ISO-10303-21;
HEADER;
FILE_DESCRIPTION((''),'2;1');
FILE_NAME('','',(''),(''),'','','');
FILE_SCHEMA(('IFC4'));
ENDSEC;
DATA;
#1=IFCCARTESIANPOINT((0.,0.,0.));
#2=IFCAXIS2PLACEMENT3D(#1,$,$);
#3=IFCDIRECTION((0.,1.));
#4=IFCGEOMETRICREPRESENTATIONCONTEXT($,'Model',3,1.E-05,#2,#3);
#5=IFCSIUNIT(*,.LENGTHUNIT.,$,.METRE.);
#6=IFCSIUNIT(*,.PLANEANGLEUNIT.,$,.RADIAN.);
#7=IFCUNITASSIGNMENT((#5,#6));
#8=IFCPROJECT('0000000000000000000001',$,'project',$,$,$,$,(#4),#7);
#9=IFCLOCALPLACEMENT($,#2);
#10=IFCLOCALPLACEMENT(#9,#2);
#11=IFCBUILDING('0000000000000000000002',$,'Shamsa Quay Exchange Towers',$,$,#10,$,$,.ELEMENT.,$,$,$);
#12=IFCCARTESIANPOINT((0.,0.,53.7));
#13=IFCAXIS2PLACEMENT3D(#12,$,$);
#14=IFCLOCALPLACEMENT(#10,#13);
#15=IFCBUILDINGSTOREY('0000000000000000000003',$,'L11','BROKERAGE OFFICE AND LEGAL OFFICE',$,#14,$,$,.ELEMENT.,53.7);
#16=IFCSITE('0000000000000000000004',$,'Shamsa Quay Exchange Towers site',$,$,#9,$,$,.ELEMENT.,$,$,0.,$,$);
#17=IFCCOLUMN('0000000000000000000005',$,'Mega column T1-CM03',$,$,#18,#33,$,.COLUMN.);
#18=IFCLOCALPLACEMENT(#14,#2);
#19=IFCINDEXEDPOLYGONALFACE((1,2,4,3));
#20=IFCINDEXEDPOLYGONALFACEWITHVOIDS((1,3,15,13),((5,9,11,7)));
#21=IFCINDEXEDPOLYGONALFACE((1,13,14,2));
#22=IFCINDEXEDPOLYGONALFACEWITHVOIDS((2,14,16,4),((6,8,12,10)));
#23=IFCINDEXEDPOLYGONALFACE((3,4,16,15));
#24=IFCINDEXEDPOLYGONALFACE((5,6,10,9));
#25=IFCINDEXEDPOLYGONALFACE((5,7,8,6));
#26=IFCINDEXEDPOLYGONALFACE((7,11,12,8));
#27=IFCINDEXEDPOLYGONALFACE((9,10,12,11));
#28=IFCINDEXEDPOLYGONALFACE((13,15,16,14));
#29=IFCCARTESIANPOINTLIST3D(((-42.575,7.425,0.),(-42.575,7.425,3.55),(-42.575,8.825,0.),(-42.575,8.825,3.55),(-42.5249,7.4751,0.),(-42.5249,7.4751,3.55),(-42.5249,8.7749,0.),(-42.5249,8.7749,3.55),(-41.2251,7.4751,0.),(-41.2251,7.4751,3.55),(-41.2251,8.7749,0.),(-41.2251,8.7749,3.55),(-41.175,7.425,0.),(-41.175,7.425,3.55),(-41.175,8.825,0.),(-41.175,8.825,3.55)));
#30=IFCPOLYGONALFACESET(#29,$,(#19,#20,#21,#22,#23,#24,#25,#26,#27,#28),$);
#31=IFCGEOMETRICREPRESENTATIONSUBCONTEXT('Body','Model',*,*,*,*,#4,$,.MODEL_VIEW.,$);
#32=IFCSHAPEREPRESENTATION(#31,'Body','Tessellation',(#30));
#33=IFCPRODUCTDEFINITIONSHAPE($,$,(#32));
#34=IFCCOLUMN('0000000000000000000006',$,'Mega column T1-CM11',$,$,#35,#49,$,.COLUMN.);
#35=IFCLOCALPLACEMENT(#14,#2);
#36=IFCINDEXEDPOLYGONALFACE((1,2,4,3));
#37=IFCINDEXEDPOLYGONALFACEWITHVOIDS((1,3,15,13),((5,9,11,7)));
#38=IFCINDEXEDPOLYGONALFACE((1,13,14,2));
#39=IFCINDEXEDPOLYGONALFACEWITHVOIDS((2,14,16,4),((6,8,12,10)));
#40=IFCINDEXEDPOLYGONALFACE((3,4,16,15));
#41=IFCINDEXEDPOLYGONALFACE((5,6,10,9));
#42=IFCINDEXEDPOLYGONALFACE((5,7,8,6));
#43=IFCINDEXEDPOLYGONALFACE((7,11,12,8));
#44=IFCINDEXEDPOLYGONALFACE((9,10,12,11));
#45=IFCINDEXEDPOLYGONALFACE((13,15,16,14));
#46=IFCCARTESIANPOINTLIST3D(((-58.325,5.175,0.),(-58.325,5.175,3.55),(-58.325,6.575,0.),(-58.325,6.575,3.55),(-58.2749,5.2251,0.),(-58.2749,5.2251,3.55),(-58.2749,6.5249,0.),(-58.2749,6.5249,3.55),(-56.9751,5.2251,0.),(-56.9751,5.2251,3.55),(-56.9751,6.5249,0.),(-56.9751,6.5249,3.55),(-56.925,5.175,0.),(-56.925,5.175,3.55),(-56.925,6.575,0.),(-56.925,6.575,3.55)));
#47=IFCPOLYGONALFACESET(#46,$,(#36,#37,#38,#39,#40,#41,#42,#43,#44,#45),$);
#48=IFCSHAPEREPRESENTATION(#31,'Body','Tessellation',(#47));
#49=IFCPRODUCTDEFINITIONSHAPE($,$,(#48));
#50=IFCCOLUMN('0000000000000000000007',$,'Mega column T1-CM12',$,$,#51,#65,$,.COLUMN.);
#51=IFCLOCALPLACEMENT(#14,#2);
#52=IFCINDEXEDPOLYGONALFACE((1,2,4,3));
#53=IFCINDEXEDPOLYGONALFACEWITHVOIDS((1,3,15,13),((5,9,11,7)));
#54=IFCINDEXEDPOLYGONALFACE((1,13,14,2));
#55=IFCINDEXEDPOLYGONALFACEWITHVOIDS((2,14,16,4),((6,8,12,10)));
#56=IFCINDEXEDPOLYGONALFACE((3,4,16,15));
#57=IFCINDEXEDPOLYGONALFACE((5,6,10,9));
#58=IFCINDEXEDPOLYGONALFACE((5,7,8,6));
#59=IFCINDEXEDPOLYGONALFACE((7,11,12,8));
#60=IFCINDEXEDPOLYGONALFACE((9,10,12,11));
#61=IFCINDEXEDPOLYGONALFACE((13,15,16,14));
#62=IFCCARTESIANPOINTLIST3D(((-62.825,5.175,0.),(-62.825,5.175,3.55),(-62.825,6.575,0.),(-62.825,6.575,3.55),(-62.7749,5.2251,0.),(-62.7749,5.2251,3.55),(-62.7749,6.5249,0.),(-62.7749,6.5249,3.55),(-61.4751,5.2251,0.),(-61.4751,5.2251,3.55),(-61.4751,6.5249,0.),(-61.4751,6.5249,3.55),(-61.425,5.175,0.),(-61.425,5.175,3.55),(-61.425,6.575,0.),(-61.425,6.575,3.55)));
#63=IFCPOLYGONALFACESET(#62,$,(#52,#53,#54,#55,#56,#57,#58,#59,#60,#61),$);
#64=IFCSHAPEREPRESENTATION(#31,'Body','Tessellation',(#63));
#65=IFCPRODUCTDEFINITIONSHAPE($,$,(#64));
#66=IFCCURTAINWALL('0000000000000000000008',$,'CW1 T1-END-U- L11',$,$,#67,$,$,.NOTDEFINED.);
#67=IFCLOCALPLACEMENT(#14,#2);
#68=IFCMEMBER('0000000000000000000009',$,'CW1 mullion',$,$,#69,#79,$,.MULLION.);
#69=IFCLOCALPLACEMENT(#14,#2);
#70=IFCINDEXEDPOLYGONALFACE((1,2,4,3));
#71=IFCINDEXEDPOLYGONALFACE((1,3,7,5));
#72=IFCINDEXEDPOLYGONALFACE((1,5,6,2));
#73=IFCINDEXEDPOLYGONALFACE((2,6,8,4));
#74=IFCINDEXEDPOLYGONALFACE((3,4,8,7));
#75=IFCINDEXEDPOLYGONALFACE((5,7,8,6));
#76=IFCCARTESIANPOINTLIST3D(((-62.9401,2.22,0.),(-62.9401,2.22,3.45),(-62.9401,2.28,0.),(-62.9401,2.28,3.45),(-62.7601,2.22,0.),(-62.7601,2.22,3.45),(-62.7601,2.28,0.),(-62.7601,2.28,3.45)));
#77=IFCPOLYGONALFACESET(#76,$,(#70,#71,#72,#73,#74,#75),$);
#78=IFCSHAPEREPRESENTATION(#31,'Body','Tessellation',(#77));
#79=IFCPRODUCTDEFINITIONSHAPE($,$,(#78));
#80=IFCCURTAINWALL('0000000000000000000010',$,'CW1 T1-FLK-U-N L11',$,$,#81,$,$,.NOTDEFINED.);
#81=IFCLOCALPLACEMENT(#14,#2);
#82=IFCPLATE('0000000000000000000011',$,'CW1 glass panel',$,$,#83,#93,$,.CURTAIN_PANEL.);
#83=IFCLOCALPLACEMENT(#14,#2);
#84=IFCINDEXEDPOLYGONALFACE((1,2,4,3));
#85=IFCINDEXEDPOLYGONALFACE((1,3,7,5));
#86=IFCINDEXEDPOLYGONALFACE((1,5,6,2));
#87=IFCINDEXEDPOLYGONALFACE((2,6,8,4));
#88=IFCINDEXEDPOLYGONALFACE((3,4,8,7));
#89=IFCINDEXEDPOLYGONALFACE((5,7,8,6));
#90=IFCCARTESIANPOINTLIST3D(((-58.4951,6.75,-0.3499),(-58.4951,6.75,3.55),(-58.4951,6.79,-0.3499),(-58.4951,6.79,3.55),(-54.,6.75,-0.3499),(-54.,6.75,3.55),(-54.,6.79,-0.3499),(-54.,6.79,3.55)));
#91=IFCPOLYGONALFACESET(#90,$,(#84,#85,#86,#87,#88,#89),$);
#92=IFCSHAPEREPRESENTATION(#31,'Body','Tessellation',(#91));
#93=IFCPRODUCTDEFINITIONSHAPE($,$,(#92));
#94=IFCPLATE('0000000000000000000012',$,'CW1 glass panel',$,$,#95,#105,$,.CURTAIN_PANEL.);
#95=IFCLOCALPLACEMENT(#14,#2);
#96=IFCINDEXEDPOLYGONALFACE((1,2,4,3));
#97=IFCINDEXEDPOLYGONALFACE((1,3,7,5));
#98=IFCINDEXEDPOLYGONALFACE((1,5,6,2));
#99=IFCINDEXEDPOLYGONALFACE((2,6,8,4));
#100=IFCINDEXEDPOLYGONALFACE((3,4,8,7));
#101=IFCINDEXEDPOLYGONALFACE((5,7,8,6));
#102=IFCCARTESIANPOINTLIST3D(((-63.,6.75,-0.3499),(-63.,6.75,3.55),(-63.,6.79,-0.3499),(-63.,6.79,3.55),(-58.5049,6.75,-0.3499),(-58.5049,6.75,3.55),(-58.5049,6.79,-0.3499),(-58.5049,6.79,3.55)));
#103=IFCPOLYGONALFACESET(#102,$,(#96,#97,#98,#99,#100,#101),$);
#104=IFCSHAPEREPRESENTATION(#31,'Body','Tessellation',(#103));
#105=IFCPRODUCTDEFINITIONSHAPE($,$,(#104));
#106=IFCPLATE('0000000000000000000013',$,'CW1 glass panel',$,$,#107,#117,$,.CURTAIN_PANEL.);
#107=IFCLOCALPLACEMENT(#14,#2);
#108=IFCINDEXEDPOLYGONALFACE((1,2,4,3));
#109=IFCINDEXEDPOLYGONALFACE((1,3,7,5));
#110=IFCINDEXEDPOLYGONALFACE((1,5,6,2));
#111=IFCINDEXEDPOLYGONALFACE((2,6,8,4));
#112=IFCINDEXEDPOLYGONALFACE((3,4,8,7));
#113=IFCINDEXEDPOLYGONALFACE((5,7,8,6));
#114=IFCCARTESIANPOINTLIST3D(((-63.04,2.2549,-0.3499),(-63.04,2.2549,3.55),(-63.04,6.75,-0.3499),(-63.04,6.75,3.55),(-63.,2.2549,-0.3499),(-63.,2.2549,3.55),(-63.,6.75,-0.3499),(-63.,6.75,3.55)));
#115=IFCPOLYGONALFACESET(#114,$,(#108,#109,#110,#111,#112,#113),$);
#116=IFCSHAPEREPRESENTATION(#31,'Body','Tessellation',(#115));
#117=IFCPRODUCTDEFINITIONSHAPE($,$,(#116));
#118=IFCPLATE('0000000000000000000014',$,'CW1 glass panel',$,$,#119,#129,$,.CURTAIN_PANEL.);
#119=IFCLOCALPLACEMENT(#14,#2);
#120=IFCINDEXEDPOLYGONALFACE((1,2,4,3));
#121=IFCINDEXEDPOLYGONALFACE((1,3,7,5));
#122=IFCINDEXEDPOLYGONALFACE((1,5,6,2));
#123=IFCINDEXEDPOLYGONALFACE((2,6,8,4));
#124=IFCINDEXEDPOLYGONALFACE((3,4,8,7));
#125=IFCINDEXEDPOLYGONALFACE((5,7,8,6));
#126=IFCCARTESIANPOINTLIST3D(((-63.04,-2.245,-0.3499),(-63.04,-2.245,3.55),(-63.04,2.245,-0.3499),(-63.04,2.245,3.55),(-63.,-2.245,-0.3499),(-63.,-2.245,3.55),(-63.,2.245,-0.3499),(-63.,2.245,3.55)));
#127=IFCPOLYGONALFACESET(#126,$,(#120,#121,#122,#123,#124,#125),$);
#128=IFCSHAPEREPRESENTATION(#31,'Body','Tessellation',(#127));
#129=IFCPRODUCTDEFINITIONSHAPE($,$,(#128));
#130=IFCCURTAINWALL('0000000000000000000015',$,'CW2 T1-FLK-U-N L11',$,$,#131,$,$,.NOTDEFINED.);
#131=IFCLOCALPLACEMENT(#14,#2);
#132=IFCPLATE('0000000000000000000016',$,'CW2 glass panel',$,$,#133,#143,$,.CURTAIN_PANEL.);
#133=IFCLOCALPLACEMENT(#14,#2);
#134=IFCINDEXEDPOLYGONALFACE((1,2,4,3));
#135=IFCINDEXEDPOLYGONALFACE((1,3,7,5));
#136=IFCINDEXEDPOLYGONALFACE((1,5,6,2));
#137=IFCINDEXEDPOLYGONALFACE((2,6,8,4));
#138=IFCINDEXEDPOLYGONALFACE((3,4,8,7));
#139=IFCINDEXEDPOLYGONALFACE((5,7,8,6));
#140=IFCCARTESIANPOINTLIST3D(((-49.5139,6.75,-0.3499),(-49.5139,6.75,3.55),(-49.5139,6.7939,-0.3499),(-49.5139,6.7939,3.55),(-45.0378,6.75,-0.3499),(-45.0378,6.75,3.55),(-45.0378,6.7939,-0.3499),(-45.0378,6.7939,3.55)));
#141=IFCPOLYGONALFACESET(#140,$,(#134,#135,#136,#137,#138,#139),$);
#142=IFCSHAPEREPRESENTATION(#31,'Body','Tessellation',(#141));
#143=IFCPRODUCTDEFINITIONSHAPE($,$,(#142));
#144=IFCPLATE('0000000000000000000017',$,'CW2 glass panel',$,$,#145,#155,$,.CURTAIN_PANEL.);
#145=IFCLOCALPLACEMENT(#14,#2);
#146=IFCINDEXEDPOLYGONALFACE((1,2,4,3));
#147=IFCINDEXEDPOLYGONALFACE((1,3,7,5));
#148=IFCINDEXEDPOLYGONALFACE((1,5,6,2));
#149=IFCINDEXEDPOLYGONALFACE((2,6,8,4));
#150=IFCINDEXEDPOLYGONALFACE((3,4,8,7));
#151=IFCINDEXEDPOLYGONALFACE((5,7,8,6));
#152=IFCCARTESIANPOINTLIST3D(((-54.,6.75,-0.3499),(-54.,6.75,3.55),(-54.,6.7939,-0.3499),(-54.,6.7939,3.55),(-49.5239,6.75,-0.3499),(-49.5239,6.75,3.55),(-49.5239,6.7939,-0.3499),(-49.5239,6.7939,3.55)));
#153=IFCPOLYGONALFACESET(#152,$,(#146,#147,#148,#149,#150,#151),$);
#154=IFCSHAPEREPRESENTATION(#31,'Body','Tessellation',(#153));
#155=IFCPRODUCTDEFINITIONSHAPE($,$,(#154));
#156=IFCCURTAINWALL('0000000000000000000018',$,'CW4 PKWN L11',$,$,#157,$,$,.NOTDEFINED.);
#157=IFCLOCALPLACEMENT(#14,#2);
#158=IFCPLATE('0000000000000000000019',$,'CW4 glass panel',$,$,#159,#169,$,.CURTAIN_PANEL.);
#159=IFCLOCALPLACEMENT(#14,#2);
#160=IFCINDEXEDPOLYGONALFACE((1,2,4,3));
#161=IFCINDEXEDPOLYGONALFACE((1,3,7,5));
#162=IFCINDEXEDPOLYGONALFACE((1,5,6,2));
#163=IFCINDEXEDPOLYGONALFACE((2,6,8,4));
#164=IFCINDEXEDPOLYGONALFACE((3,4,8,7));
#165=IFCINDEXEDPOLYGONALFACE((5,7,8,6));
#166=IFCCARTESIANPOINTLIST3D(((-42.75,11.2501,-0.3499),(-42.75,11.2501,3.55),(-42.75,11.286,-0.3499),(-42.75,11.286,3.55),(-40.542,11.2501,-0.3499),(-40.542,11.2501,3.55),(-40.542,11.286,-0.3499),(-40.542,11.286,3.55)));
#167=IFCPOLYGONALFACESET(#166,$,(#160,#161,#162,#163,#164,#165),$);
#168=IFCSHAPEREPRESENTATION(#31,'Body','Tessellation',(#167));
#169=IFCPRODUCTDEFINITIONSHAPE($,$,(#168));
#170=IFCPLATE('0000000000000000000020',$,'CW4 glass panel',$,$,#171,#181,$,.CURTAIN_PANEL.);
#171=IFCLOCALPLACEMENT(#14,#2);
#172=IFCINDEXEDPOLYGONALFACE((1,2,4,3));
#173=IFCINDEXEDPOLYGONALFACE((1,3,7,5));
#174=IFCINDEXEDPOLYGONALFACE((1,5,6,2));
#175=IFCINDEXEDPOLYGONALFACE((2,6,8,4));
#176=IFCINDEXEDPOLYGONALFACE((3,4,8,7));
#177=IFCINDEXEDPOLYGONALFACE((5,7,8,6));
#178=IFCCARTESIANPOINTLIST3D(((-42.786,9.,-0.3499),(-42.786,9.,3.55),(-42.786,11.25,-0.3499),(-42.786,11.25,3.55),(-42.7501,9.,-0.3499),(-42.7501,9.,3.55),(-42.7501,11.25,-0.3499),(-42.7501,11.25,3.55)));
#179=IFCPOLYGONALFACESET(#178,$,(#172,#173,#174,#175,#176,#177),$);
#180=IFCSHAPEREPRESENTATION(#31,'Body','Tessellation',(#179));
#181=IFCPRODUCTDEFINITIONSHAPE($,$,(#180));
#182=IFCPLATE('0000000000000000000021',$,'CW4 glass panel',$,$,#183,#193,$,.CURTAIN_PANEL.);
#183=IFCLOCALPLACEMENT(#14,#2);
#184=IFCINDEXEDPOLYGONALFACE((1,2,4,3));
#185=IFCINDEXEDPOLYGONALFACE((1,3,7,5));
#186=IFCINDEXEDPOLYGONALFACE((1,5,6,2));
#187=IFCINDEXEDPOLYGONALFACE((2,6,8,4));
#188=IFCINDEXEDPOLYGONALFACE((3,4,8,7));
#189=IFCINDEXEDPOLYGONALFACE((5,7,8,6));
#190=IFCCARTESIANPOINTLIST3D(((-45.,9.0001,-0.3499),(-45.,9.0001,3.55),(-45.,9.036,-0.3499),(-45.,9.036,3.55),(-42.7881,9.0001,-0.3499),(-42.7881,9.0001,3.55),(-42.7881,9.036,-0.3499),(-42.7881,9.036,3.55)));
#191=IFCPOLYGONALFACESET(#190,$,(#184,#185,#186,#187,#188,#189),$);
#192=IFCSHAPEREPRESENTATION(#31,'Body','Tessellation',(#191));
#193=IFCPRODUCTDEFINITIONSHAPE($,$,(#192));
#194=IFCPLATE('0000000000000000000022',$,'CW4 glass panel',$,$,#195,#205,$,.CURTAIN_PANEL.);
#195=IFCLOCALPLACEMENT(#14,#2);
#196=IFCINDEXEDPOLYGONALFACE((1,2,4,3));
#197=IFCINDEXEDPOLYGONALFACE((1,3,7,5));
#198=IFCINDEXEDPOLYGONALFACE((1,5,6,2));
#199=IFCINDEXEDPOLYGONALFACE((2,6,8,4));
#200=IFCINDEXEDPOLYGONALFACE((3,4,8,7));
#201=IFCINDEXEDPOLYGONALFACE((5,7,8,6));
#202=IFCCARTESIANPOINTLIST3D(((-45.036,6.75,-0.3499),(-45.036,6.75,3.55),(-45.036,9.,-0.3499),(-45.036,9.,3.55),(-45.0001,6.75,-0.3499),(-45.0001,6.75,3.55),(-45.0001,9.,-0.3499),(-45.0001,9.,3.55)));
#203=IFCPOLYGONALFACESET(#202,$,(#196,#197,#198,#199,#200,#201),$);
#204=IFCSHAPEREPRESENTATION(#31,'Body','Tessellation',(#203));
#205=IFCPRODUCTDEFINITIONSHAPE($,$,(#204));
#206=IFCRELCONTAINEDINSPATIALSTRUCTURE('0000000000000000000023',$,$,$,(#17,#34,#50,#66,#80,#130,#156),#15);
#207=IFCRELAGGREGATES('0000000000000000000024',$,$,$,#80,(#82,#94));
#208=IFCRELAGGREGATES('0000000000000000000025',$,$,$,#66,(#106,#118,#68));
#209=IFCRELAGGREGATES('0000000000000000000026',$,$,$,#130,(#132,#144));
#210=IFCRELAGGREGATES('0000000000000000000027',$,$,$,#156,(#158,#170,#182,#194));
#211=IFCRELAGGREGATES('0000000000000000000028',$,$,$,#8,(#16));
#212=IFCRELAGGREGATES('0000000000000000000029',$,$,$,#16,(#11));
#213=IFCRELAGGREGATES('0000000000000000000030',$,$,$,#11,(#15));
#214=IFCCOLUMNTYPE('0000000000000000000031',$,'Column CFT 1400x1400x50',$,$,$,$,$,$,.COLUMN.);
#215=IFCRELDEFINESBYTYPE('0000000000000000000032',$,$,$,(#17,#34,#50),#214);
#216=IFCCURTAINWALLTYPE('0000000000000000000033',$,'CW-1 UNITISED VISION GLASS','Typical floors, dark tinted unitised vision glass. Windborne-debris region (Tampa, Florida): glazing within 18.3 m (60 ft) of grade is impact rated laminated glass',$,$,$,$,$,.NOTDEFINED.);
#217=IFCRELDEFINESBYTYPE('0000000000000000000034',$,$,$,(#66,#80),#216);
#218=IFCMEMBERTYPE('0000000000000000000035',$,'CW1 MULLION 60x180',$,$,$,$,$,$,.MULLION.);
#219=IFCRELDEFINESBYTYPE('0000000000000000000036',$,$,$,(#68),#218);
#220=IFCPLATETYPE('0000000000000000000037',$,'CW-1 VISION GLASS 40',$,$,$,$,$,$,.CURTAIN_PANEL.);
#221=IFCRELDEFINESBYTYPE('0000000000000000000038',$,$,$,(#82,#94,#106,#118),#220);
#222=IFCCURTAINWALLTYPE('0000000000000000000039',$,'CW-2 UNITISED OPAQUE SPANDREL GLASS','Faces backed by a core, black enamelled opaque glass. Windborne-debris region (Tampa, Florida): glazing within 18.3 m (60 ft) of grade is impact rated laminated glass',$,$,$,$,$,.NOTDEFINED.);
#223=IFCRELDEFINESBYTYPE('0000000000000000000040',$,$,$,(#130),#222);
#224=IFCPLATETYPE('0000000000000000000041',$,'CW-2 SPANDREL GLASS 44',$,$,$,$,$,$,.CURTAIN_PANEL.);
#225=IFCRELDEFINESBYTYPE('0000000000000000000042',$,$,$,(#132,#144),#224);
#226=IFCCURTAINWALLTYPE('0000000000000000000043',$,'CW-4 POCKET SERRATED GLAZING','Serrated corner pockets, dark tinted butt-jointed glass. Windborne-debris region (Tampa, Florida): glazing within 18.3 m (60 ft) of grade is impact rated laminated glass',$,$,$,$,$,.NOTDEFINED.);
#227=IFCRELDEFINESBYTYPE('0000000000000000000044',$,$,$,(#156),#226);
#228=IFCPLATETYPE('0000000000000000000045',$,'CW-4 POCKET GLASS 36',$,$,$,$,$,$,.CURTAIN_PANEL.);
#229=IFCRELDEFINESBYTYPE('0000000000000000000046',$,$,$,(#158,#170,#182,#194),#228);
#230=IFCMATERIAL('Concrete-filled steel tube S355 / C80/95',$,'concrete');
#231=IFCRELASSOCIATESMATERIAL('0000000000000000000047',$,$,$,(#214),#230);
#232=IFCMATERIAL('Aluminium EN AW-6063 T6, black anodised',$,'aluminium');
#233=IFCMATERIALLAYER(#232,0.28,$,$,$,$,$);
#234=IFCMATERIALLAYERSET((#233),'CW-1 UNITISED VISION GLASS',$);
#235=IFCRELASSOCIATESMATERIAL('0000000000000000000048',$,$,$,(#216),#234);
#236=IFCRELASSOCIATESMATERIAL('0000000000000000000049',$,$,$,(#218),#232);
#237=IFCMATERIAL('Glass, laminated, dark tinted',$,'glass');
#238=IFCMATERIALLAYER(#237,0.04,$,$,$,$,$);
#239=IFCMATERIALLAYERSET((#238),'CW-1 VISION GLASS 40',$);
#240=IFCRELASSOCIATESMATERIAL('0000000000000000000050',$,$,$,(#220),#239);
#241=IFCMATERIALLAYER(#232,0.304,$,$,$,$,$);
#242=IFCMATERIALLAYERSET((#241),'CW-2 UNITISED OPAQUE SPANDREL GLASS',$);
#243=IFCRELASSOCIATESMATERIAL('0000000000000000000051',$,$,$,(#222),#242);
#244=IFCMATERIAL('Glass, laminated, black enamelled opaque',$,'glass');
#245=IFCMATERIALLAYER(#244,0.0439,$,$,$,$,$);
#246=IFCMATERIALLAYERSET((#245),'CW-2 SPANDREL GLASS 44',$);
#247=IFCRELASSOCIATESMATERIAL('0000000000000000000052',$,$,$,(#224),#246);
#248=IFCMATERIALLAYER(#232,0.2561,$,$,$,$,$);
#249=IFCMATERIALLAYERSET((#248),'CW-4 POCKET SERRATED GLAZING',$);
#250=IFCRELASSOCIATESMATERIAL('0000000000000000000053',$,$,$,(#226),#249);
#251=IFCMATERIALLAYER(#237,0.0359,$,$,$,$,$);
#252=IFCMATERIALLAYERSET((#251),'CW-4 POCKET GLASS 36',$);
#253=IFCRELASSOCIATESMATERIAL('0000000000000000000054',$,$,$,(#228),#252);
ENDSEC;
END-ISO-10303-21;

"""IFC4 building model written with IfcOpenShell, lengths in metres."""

from ifc_helpers import new_model, si_unit, direction, frame, origin, origin_2d, place, context, subcontext, project, spatial, rectangle, hollow_rectangle, extrude, material, layer, layer_set, material_profile, profile_set, type_object, element, aggregate, save


model = new_model("IFC4")

# Units and contexts
model_context = context("Model", 3, precision=1e-05, world=origin(), true_north=direction((0.0, 1.0)))
body_context = subcontext(model_context, "Body", "Model", "MODEL_VIEW")
ifc_project = project(units=[si_unit("LENGTHUNIT", "METRE"), si_unit("PLANEANGLEUNIT", "RADIAN")], contexts=[model_context])

# Site, building, storey
site_placement = place(None, origin())
site = spatial("IfcSite", under=ifc_project, at=site_placement, Name="Shamsa Quay Exchange Towers site", CompositionType="ELEMENT", RefElevation=0.0)
building_placement = place(site_placement, origin())
building = spatial("IfcBuilding", under=site, at=building_placement, Name="Shamsa Quay Exchange Towers", CompositionType="ELEMENT")
storey_placement = place(building_placement, frame((0.0, 0.0, 53.7)))
storey = spatial("IfcBuildingStorey", under=building, at=storey_placement, Name="L11", Description="BROKERAGE OFFICE AND LEGAL OFFICE", CompositionType="ELEMENT", Elevation=53.7)

# Columns
ifc_material_1 = material(Name="Concrete-filled steel tube S355 / C80/95", Category="concrete")
ifc_material_profile_1 = material_profile(ifc_material_1, hollow_rectangle(XDim=1.3999, YDim=1.3999, WallThickness=0.05, at=origin_2d()), Name="CFT 1400x1400x50")
ifc_profile_set_1 = profile_set([ifc_material_profile_1], Name="Concrete-filled steel tube S355 / C80/95")
column_type = type_object("IfcColumnType", Name="Column CFT 1400x1400x50", PredefinedType="COLUMN", material=ifc_profile_set_1)
for number, where, name in (
    (1, (-41.875, 8.125, 0.0), "Mega column T1-CM03"),
    (2, (-57.625, 5.875, 0.0), "Mega column T1-CM11"),
    (3, (-62.125, 5.875, 0.0), "Mega column T1-CM12"),
):
    element("IfcColumn", number, at=place(storey_placement, frame(where)), inside=storey, type_object=column_type, Name=name, PredefinedType="COLUMN", context=body_context, shape_type="SweptSolid", body=[
        extrude(hollow_rectangle(XDim=1.3999, YDim=1.3999, WallThickness=0.05, at=origin_2d()), origin(), (0.0, 0.0, 1.0), 3.55),
    ])

# Curtain wall, member
ifc_material_2 = material(Name="Aluminium EN AW-6063 T6, black anodised", Category="aluminium")
ifc_layer_1 = layer(ifc_material_2, 0.28)
ifc_layer_set_1 = layer_set([ifc_layer_1], Name="CW-1 UNITISED VISION GLASS")
curtain_wall_type_1 = type_object("IfcCurtainWallType", Name="CW-1 UNITISED VISION GLASS", Description="Typical floors, dark tinted unitised vision glass. Windborne-debris region (Tampa, Florida): glazing within 18.3 m (60 ft) of grade is impact rated laminated glass", PredefinedType="NOTDEFINED", material=ifc_layer_set_1)
curtain_wall_1_placement = place(storey_placement, origin())
curtain_wall_1 = element("IfcCurtainWall", 4, at=curtain_wall_1_placement, inside=storey, type_object=curtain_wall_type_1, Name="CW1 T1-END-U- L11", PredefinedType="NOTDEFINED")
ifc_material_profile_2 = material_profile(ifc_material_2, rectangle(XDim=0.1799, YDim=0.0601, at=origin_2d()), Name="MU60x180")
ifc_profile_set_2 = profile_set([ifc_material_profile_2], Name="Aluminium EN AW-6063 T6, black anodised")
member_type = type_object("IfcMemberType", Name="CW1 MULLION 60x180", PredefinedType="MULLION", material=ifc_profile_set_2)
member_placement = place(storey_placement, frame((-62.8501, 2.25, 0.0)))
member = element("IfcMember", 5, at=member_placement, type_object=member_type, Name="CW1 mullion", PredefinedType="MULLION", context=body_context, shape_type="SweptSolid", body=[
    extrude(rectangle(XDim=0.1799, YDim=0.0601, at=origin_2d()), origin(), (0.0, 0.0, 1.0), 3.45),
])

# Curtain wall, plates
curtain_wall_2_placement = place(storey_placement, origin())
curtain_wall_2 = element("IfcCurtainWall", 6, at=curtain_wall_2_placement, inside=storey, type_object=curtain_wall_type_1, Name="CW1 T1-FLK-U-N L11", PredefinedType="NOTDEFINED")
ifc_material_3 = material(Name="Glass, laminated, dark tinted", Category="glass")
ifc_layer_2 = layer(ifc_material_3, 0.04)
ifc_layer_set_2 = layer_set([ifc_layer_2], Name="CW-1 VISION GLASS 40")
plate_type_1 = type_object("IfcPlateType", Name="CW-1 VISION GLASS 40", PredefinedType="CURTAIN_PANEL", material=ifc_layer_set_2)
plate_1_placement = place(storey_placement, frame((-56.2476, 6.77, -0.3499), z_axis=(0.0, 0.0, 1.0), x_axis=(-1.0, 0.0, 0.0)))
plate_1 = element("IfcPlate", 7, at=plate_1_placement, type_object=plate_type_1, Name="CW1 glass panel", PredefinedType="CURTAIN_PANEL", context=body_context, shape_type="SweptSolid", body=[
    extrude(rectangle(XDim=4.4951, YDim=0.04, at=origin_2d()), origin(), (0.0, 0.0, 1.0), 3.8999),
])
plate_2_placement = place(storey_placement, frame((-60.7524, 6.77, -0.3499), z_axis=(0.0, 0.0, 1.0), x_axis=(-1.0, 0.0, 0.0)))
plate_2 = element("IfcPlate", 8, at=plate_2_placement, type_object=plate_type_1, Name="CW1 glass panel", PredefinedType="CURTAIN_PANEL", context=body_context, shape_type="SweptSolid", body=[
    extrude(rectangle(XDim=4.4951, YDim=0.04, at=origin_2d()), origin(), (0.0, 0.0, 1.0), 3.8999),
])
aggregate(curtain_wall_2, [plate_1, plate_2])

# Plates
plate_3_placement = place(storey_placement, frame((-63.02, 4.5024, -0.3499), z_axis=(0.0, 0.0, 1.0), x_axis=(0.0, -1.0, 0.0)))
plate_3 = element("IfcPlate", 9, at=plate_3_placement, type_object=plate_type_1, Name="CW1 glass panel", PredefinedType="CURTAIN_PANEL", context=body_context, shape_type="SweptSolid", body=[
    extrude(rectangle(XDim=4.4951, YDim=0.04, at=origin_2d()), origin(), (0.0, 0.0, 1.0), 3.8999),
])
plate_4_placement = place(storey_placement, frame((-63.02, 0.0, -0.3499), z_axis=(0.0, 0.0, 1.0), x_axis=(0.0, -1.0, 0.0)))
plate_4 = element("IfcPlate", 10, at=plate_4_placement, type_object=plate_type_1, Name="CW1 glass panel", PredefinedType="CURTAIN_PANEL", context=body_context, shape_type="SweptSolid", body=[
    extrude(rectangle(XDim=4.49, YDim=0.04, at=origin_2d()), origin(), (0.0, 0.0, 1.0), 3.8999),
])
aggregate(curtain_wall_1, [plate_3, plate_4, member])

# Curtain walls, plates
ifc_layer_3 = layer(ifc_material_2, 0.304)
ifc_layer_set_3 = layer_set([ifc_layer_3], Name="CW-2 UNITISED OPAQUE SPANDREL GLASS")
curtain_wall_type_2 = type_object("IfcCurtainWallType", Name="CW-2 UNITISED OPAQUE SPANDREL GLASS", Description="Faces backed by a core, black enamelled opaque glass. Windborne-debris region (Tampa, Florida): glazing within 18.3 m (60 ft) of grade is impact rated laminated glass", PredefinedType="NOTDEFINED", material=ifc_layer_set_3)
curtain_wall_3_placement = place(storey_placement, origin())
curtain_wall_3 = element("IfcCurtainWall", 11, at=curtain_wall_3_placement, inside=storey, type_object=curtain_wall_type_2, Name="CW2 T1-FLK-U-N L11", PredefinedType="NOTDEFINED")
ifc_material_4 = material(Name="Glass, laminated, black enamelled opaque", Category="glass")
ifc_layer_4 = layer(ifc_material_4, 0.0439)
ifc_layer_set_4 = layer_set([ifc_layer_4], Name="CW-2 SPANDREL GLASS 44")
plate_type_2 = type_object("IfcPlateType", Name="CW-2 SPANDREL GLASS 44", PredefinedType="CURTAIN_PANEL", material=ifc_layer_set_4)
plate_5_placement = place(storey_placement, frame((-47.2759, 6.772, -0.3499), z_axis=(0.0, 0.0, 1.0), x_axis=(-1.0, 0.0, 0.0)))
plate_5 = element("IfcPlate", 12, at=plate_5_placement, type_object=plate_type_2, Name="CW2 glass panel", PredefinedType="CURTAIN_PANEL", context=body_context, shape_type="SweptSolid", body=[
    extrude(rectangle(XDim=4.4761, YDim=0.0439, at=origin_2d()), origin(), (0.0, 0.0, 1.0), 3.8999),
])
plate_6_placement = place(storey_placement, frame((-51.762, 6.772, -0.3499), z_axis=(0.0, 0.0, 1.0), x_axis=(-1.0, 0.0, 0.0)))
plate_6 = element("IfcPlate", 13, at=plate_6_placement, type_object=plate_type_2, Name="CW2 glass panel", PredefinedType="CURTAIN_PANEL", context=body_context, shape_type="SweptSolid", body=[
    extrude(rectangle(XDim=4.4761, YDim=0.0439, at=origin_2d()), origin(), (0.0, 0.0, 1.0), 3.8999),
])
aggregate(curtain_wall_3, [plate_5, plate_6])
ifc_layer_5 = layer(ifc_material_2, 0.2561)
ifc_layer_set_5 = layer_set([ifc_layer_5], Name="CW-4 POCKET SERRATED GLAZING")
curtain_wall_type_3 = type_object("IfcCurtainWallType", Name="CW-4 POCKET SERRATED GLAZING", Description="Serrated corner pockets, dark tinted butt-jointed glass. Windborne-debris region (Tampa, Florida): glazing within 18.3 m (60 ft) of grade is impact rated laminated glass", PredefinedType="NOTDEFINED", material=ifc_layer_set_5)
curtain_wall_4_placement = place(storey_placement, origin())
curtain_wall_4 = element("IfcCurtainWall", 14, at=curtain_wall_4_placement, inside=storey, type_object=curtain_wall_type_3, Name="CW4 PKWN L11", PredefinedType="NOTDEFINED")
ifc_layer_6 = layer(ifc_material_3, 0.0359)
ifc_layer_set_6 = layer_set([ifc_layer_6], Name="CW-4 POCKET GLASS 36")
plate_type_3 = type_object("IfcPlateType", Name="CW-4 POCKET GLASS 36", PredefinedType="CURTAIN_PANEL", material=ifc_layer_set_6)
plate_7_placement = place(storey_placement, frame((-41.646, 11.2681, -0.3499), z_axis=(0.0, 0.0, 1.0), x_axis=(-1.0, 0.0, 0.0)))
plate_7 = element("IfcPlate", 15, at=plate_7_placement, type_object=plate_type_3, Name="CW4 glass panel", PredefinedType="CURTAIN_PANEL", context=body_context, shape_type="SweptSolid", body=[
    extrude(rectangle(XDim=2.208, YDim=0.0359, at=origin_2d()), origin(), (0.0, 0.0, 1.0), 3.8999),
])
plate_8_placement = place(storey_placement, frame((-42.7681, 10.125, -0.3499), z_axis=(0.0, 0.0, 1.0), x_axis=(0.0, -1.0, 0.0)))
plate_8 = element("IfcPlate", 16, at=plate_8_placement, type_object=plate_type_3, Name="CW4 glass panel", PredefinedType="CURTAIN_PANEL", context=body_context, shape_type="SweptSolid", body=[
    extrude(rectangle(XDim=2.25, YDim=0.0359, at=origin_2d()), origin(), (0.0, 0.0, 1.0), 3.8999),
])
plate_9_placement = place(storey_placement, frame((-43.894, 9.0181, -0.3499), z_axis=(0.0, 0.0, 1.0), x_axis=(-1.0, 0.0, 0.0)))
plate_9 = element("IfcPlate", 17, at=plate_9_placement, type_object=plate_type_3, Name="CW4 glass panel", PredefinedType="CURTAIN_PANEL", context=body_context, shape_type="SweptSolid", body=[
    extrude(rectangle(XDim=2.2119, YDim=0.0359, at=origin_2d()), origin(), (0.0, 0.0, 1.0), 3.8999),
])
plate_10_placement = place(storey_placement, frame((-45.0181, 7.875, -0.3499), z_axis=(0.0, 0.0, 1.0), x_axis=(0.0, -1.0, 0.0)))
plate_10 = element("IfcPlate", 18, at=plate_10_placement, type_object=plate_type_3, Name="CW4 glass panel", PredefinedType="CURTAIN_PANEL", context=body_context, shape_type="SweptSolid", body=[
    extrude(rectangle(XDim=2.25, YDim=0.0359, at=origin_2d()), origin(), (0.0, 0.0, 1.0), 3.8999),
])
aggregate(curtain_wall_4, [plate_7, plate_8, plate_9, plate_10])

save(model, "model.ifc")
